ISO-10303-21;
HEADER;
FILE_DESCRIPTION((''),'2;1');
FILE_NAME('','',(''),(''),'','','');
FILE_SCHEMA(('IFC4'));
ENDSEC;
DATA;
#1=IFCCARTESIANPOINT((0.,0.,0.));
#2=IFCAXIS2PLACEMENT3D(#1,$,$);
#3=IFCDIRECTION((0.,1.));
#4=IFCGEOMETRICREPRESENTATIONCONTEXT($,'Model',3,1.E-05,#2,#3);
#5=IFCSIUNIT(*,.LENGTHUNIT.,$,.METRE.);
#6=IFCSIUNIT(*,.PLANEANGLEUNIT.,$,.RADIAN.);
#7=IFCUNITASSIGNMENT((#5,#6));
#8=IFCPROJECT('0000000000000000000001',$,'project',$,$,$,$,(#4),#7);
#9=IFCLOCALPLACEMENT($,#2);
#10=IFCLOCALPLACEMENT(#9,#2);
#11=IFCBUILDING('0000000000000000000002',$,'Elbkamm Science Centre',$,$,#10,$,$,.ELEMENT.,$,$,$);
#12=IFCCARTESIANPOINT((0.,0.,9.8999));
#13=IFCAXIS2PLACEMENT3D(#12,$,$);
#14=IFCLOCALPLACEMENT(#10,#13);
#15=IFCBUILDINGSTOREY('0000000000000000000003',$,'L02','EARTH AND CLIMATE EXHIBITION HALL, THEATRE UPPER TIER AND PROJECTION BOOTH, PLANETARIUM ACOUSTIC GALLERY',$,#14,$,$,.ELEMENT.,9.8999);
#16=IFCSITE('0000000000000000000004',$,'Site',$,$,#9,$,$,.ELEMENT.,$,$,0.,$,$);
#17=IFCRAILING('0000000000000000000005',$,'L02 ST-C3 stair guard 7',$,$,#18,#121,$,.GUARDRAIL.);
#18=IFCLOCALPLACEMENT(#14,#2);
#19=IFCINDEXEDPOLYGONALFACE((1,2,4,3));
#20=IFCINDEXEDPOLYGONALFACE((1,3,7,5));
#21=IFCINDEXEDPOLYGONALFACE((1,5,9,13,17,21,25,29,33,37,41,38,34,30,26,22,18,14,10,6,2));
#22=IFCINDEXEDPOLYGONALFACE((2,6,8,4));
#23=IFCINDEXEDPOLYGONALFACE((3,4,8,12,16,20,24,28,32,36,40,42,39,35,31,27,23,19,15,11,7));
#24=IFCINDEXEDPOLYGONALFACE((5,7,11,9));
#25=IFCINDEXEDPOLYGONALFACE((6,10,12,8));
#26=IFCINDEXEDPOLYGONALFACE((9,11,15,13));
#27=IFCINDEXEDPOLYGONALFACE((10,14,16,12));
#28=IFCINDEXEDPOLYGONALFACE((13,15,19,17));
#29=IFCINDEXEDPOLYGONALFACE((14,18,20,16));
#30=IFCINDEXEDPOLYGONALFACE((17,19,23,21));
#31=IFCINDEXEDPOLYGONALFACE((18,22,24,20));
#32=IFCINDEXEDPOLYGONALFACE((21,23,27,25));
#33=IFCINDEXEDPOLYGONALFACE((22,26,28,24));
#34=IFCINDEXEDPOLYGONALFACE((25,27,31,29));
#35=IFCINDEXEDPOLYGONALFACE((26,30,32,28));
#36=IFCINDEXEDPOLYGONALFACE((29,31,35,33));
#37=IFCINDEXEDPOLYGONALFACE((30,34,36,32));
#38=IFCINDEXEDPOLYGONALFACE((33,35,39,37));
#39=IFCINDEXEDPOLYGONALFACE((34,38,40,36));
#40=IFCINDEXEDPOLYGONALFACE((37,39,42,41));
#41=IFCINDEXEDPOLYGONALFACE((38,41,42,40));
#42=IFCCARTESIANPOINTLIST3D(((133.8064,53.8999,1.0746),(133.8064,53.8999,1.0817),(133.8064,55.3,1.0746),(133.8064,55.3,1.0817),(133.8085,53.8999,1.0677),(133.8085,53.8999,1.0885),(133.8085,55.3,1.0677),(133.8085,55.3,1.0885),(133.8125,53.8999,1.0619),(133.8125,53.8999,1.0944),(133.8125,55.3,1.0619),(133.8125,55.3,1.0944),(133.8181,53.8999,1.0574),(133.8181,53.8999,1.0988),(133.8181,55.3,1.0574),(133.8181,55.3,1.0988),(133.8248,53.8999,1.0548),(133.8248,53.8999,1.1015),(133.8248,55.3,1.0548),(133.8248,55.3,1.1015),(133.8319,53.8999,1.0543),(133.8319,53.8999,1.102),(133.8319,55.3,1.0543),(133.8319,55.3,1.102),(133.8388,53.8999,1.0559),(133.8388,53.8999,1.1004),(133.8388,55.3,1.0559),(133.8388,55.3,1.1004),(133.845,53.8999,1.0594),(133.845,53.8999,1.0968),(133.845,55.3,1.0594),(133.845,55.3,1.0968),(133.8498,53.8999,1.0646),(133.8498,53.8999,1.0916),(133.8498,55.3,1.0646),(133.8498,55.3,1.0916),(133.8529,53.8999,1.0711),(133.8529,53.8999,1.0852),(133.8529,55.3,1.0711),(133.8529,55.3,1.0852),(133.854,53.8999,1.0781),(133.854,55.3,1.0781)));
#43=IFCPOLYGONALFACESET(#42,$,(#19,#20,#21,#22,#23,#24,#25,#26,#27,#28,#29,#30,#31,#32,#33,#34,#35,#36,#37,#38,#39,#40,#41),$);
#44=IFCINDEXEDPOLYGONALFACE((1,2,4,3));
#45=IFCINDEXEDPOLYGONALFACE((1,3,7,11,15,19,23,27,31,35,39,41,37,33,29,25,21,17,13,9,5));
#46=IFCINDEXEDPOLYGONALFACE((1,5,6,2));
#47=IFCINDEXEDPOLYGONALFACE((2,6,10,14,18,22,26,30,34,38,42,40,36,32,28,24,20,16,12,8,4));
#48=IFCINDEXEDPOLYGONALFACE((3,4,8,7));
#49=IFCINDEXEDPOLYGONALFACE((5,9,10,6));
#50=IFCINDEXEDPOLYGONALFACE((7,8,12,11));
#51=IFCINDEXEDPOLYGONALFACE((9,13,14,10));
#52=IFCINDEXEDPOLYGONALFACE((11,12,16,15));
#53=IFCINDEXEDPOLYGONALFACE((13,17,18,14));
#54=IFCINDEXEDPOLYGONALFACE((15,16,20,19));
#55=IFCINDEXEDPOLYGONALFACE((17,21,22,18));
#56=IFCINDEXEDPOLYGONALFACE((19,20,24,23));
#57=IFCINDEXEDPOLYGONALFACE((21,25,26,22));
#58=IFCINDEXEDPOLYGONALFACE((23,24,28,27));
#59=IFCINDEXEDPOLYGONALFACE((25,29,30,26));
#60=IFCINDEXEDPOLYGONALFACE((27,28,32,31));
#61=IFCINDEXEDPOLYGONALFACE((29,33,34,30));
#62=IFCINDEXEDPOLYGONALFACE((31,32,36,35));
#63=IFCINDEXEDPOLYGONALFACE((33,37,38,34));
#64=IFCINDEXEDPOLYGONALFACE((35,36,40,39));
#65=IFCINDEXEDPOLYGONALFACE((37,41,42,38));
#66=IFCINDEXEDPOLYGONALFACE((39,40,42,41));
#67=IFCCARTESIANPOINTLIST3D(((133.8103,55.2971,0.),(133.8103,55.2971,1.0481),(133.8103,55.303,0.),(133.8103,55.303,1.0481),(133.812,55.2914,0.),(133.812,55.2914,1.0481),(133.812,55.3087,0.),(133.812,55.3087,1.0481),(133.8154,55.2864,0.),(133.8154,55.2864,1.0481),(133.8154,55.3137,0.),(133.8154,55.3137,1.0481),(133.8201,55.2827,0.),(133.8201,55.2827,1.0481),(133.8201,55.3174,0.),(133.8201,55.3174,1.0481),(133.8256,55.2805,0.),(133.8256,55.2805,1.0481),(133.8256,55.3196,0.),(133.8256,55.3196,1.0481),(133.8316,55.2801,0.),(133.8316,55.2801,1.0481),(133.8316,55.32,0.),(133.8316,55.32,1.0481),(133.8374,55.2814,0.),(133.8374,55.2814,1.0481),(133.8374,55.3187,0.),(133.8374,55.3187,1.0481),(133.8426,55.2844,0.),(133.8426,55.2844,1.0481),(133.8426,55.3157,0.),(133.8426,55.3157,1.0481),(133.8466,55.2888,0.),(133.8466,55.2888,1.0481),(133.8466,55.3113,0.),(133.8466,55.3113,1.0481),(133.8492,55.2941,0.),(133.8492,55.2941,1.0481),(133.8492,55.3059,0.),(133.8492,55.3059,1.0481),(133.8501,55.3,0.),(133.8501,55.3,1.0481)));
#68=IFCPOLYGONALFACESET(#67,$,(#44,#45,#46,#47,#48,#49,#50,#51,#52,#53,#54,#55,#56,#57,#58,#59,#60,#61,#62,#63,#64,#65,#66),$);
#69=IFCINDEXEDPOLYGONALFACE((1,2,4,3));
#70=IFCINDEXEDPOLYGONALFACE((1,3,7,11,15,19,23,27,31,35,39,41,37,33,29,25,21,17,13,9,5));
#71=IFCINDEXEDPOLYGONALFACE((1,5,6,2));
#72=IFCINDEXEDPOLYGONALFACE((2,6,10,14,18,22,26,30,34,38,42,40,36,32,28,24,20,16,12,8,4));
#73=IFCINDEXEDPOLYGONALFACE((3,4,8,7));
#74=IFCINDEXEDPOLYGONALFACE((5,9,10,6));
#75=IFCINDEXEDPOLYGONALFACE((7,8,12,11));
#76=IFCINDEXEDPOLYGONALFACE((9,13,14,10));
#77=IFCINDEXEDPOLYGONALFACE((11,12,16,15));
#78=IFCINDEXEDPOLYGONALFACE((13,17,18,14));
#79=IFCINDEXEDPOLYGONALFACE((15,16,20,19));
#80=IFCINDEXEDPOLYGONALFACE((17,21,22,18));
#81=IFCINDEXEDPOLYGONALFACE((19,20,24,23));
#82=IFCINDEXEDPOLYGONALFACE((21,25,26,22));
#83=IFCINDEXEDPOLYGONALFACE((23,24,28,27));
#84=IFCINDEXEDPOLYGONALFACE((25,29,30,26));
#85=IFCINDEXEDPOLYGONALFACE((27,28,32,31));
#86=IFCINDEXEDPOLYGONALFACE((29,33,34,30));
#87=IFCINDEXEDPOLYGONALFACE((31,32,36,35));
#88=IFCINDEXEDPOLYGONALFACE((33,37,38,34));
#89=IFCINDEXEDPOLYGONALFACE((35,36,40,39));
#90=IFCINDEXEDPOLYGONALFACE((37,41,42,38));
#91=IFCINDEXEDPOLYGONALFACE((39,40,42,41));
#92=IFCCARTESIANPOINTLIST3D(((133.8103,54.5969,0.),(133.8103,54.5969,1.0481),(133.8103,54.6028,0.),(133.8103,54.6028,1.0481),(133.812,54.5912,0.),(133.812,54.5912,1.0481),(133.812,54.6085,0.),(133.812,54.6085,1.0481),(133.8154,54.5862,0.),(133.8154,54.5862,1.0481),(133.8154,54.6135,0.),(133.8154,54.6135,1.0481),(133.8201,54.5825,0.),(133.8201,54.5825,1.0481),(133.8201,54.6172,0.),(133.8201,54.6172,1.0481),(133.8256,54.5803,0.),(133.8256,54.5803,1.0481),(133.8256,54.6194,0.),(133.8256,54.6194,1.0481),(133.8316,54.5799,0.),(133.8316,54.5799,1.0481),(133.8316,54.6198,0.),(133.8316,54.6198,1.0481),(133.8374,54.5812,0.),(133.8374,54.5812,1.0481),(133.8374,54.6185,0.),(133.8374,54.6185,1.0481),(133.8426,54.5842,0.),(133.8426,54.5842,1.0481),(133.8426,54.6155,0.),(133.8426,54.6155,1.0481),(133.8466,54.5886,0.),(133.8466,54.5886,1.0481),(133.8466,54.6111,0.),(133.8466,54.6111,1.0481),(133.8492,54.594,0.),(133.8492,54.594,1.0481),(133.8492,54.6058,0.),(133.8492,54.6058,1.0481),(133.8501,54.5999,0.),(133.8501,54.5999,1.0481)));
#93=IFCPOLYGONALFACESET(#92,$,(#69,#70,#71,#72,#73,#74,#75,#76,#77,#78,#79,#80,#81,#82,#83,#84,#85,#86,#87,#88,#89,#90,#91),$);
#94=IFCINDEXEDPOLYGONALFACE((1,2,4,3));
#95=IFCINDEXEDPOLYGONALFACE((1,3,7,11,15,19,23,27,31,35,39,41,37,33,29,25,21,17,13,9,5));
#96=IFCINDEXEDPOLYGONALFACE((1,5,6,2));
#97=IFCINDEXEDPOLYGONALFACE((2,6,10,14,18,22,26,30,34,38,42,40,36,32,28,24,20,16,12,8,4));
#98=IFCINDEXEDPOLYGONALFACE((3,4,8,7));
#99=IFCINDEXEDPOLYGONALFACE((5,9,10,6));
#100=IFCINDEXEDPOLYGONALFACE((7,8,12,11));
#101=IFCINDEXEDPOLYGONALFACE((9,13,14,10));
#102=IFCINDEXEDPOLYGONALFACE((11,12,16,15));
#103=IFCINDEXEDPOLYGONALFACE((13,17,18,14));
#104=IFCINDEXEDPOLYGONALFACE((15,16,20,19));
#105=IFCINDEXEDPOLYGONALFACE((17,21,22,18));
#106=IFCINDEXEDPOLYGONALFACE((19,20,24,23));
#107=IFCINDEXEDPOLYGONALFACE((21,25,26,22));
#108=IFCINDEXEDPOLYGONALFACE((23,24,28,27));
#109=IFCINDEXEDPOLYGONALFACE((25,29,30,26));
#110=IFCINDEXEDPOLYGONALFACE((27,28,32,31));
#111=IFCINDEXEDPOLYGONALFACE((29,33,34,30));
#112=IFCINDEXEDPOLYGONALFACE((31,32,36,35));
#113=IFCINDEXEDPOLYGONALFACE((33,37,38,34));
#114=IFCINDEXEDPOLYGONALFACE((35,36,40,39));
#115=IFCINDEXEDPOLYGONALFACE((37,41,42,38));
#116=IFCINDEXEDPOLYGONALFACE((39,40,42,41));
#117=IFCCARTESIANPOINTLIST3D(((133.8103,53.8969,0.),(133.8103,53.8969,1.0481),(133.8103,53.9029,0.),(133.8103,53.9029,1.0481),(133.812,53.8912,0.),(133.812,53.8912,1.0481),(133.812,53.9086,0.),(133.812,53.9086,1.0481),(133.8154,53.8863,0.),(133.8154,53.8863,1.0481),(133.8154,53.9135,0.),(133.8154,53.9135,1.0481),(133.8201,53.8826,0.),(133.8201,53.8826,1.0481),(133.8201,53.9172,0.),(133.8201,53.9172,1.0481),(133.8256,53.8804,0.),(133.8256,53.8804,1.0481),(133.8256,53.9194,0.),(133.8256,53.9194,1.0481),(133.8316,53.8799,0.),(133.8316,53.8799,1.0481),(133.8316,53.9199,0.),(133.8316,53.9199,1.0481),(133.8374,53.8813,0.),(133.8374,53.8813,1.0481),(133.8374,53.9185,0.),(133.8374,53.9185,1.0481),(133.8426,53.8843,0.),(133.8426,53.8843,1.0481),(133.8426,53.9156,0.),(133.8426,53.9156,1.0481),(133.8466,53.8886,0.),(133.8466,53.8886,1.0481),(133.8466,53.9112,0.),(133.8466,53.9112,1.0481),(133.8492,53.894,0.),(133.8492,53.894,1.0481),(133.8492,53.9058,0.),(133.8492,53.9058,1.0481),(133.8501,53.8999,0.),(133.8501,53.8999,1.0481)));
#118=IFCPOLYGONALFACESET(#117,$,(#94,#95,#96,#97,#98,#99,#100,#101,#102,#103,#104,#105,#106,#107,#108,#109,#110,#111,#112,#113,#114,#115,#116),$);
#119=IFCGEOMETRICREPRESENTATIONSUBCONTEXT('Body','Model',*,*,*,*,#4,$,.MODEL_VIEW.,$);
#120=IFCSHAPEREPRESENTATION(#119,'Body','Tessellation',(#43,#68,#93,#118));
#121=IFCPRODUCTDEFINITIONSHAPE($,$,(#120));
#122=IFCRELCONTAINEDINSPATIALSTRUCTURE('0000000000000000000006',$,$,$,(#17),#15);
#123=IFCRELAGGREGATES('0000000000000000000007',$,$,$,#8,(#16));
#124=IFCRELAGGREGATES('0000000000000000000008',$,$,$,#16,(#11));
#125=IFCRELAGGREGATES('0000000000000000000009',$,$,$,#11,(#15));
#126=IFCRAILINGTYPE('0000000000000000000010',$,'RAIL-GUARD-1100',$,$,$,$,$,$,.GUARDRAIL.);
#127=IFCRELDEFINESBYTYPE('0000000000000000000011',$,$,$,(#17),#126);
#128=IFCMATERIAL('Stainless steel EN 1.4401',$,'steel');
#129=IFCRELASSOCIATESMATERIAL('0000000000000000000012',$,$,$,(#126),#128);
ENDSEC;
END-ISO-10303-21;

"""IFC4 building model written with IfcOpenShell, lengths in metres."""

from ifc_helpers import new_model, si_unit, direction, frame, origin, origin_2d, place, context, subcontext, project, spatial, circle, extrude, material, type_object, element, save


model = new_model("IFC4")

# Units and contexts
model_context = context("Model", 3, precision=1e-05, world=origin(), true_north=direction((0.0, 1.0)))
body_context = subcontext(model_context, "Body", "Model", "MODEL_VIEW")
ifc_project = project(units=[si_unit("LENGTHUNIT", "METRE"), si_unit("PLANEANGLEUNIT", "RADIAN")], contexts=[model_context])

# Site, building, storey
site_placement = place(None, origin())
site = spatial("IfcSite", under=ifc_project, at=site_placement, Name="Site", CompositionType="ELEMENT", RefElevation=0.0)
building_placement = place(site_placement, origin())
building = spatial("IfcBuilding", under=site, at=building_placement, Name="Elbkamm Science Centre", CompositionType="ELEMENT")
storey_placement = place(building_placement, frame((0.0, 0.0, 9.8999)))
storey = spatial("IfcBuildingStorey", under=building, at=storey_placement, Name="L02", Description="EARTH AND CLIMATE EXHIBITION HALL, THEATRE UPPER TIER AND PROJECTION BOOTH, PLANETARIUM ACOUSTIC GALLERY", CompositionType="ELEMENT", Elevation=9.8999)

# Railing
ifc_material_1 = material(Name="Stainless steel EN 1.4401", Category="steel")
railing_type = type_object("IfcRailingType", Name="RAIL-GUARD-1100", PredefinedType="GUARDRAIL", material=ifc_material_1)
railing_1_placement = place(storey_placement, frame((133.8301, 55.3, 0.0)))
element("IfcRailing", 1, at=railing_1_placement, inside=storey, type_object=railing_type, Name="L02 ST-C3 stair guard 7", PredefinedType="GUARDRAIL", context=body_context, shape_type="SweptSolid", body=[
    extrude(circle(Radius=0.0239, at=origin_2d()), frame((0.0, 0.0, 1.0781), z_axis=(0.0, -1.0, 0.0), x_axis=(1.0, 0.0, 0.0)), (0.0, 0.0, 1.0), 1.4001),
    extrude(circle(Radius=0.02, at=origin_2d()), origin(), (0.0, 0.0, 1.0), 1.0481),
    extrude(circle(Radius=0.02, at=origin_2d()), frame((0.0, -0.7002, 0.0)), (0.0, 0.0, 1.0), 1.0481),
    extrude(circle(Radius=0.02, at=origin_2d()), frame((0.0, -1.4001, 0.0)), (0.0, 0.0, 1.0), 1.0481),
])

save(model, "model.ifc")
